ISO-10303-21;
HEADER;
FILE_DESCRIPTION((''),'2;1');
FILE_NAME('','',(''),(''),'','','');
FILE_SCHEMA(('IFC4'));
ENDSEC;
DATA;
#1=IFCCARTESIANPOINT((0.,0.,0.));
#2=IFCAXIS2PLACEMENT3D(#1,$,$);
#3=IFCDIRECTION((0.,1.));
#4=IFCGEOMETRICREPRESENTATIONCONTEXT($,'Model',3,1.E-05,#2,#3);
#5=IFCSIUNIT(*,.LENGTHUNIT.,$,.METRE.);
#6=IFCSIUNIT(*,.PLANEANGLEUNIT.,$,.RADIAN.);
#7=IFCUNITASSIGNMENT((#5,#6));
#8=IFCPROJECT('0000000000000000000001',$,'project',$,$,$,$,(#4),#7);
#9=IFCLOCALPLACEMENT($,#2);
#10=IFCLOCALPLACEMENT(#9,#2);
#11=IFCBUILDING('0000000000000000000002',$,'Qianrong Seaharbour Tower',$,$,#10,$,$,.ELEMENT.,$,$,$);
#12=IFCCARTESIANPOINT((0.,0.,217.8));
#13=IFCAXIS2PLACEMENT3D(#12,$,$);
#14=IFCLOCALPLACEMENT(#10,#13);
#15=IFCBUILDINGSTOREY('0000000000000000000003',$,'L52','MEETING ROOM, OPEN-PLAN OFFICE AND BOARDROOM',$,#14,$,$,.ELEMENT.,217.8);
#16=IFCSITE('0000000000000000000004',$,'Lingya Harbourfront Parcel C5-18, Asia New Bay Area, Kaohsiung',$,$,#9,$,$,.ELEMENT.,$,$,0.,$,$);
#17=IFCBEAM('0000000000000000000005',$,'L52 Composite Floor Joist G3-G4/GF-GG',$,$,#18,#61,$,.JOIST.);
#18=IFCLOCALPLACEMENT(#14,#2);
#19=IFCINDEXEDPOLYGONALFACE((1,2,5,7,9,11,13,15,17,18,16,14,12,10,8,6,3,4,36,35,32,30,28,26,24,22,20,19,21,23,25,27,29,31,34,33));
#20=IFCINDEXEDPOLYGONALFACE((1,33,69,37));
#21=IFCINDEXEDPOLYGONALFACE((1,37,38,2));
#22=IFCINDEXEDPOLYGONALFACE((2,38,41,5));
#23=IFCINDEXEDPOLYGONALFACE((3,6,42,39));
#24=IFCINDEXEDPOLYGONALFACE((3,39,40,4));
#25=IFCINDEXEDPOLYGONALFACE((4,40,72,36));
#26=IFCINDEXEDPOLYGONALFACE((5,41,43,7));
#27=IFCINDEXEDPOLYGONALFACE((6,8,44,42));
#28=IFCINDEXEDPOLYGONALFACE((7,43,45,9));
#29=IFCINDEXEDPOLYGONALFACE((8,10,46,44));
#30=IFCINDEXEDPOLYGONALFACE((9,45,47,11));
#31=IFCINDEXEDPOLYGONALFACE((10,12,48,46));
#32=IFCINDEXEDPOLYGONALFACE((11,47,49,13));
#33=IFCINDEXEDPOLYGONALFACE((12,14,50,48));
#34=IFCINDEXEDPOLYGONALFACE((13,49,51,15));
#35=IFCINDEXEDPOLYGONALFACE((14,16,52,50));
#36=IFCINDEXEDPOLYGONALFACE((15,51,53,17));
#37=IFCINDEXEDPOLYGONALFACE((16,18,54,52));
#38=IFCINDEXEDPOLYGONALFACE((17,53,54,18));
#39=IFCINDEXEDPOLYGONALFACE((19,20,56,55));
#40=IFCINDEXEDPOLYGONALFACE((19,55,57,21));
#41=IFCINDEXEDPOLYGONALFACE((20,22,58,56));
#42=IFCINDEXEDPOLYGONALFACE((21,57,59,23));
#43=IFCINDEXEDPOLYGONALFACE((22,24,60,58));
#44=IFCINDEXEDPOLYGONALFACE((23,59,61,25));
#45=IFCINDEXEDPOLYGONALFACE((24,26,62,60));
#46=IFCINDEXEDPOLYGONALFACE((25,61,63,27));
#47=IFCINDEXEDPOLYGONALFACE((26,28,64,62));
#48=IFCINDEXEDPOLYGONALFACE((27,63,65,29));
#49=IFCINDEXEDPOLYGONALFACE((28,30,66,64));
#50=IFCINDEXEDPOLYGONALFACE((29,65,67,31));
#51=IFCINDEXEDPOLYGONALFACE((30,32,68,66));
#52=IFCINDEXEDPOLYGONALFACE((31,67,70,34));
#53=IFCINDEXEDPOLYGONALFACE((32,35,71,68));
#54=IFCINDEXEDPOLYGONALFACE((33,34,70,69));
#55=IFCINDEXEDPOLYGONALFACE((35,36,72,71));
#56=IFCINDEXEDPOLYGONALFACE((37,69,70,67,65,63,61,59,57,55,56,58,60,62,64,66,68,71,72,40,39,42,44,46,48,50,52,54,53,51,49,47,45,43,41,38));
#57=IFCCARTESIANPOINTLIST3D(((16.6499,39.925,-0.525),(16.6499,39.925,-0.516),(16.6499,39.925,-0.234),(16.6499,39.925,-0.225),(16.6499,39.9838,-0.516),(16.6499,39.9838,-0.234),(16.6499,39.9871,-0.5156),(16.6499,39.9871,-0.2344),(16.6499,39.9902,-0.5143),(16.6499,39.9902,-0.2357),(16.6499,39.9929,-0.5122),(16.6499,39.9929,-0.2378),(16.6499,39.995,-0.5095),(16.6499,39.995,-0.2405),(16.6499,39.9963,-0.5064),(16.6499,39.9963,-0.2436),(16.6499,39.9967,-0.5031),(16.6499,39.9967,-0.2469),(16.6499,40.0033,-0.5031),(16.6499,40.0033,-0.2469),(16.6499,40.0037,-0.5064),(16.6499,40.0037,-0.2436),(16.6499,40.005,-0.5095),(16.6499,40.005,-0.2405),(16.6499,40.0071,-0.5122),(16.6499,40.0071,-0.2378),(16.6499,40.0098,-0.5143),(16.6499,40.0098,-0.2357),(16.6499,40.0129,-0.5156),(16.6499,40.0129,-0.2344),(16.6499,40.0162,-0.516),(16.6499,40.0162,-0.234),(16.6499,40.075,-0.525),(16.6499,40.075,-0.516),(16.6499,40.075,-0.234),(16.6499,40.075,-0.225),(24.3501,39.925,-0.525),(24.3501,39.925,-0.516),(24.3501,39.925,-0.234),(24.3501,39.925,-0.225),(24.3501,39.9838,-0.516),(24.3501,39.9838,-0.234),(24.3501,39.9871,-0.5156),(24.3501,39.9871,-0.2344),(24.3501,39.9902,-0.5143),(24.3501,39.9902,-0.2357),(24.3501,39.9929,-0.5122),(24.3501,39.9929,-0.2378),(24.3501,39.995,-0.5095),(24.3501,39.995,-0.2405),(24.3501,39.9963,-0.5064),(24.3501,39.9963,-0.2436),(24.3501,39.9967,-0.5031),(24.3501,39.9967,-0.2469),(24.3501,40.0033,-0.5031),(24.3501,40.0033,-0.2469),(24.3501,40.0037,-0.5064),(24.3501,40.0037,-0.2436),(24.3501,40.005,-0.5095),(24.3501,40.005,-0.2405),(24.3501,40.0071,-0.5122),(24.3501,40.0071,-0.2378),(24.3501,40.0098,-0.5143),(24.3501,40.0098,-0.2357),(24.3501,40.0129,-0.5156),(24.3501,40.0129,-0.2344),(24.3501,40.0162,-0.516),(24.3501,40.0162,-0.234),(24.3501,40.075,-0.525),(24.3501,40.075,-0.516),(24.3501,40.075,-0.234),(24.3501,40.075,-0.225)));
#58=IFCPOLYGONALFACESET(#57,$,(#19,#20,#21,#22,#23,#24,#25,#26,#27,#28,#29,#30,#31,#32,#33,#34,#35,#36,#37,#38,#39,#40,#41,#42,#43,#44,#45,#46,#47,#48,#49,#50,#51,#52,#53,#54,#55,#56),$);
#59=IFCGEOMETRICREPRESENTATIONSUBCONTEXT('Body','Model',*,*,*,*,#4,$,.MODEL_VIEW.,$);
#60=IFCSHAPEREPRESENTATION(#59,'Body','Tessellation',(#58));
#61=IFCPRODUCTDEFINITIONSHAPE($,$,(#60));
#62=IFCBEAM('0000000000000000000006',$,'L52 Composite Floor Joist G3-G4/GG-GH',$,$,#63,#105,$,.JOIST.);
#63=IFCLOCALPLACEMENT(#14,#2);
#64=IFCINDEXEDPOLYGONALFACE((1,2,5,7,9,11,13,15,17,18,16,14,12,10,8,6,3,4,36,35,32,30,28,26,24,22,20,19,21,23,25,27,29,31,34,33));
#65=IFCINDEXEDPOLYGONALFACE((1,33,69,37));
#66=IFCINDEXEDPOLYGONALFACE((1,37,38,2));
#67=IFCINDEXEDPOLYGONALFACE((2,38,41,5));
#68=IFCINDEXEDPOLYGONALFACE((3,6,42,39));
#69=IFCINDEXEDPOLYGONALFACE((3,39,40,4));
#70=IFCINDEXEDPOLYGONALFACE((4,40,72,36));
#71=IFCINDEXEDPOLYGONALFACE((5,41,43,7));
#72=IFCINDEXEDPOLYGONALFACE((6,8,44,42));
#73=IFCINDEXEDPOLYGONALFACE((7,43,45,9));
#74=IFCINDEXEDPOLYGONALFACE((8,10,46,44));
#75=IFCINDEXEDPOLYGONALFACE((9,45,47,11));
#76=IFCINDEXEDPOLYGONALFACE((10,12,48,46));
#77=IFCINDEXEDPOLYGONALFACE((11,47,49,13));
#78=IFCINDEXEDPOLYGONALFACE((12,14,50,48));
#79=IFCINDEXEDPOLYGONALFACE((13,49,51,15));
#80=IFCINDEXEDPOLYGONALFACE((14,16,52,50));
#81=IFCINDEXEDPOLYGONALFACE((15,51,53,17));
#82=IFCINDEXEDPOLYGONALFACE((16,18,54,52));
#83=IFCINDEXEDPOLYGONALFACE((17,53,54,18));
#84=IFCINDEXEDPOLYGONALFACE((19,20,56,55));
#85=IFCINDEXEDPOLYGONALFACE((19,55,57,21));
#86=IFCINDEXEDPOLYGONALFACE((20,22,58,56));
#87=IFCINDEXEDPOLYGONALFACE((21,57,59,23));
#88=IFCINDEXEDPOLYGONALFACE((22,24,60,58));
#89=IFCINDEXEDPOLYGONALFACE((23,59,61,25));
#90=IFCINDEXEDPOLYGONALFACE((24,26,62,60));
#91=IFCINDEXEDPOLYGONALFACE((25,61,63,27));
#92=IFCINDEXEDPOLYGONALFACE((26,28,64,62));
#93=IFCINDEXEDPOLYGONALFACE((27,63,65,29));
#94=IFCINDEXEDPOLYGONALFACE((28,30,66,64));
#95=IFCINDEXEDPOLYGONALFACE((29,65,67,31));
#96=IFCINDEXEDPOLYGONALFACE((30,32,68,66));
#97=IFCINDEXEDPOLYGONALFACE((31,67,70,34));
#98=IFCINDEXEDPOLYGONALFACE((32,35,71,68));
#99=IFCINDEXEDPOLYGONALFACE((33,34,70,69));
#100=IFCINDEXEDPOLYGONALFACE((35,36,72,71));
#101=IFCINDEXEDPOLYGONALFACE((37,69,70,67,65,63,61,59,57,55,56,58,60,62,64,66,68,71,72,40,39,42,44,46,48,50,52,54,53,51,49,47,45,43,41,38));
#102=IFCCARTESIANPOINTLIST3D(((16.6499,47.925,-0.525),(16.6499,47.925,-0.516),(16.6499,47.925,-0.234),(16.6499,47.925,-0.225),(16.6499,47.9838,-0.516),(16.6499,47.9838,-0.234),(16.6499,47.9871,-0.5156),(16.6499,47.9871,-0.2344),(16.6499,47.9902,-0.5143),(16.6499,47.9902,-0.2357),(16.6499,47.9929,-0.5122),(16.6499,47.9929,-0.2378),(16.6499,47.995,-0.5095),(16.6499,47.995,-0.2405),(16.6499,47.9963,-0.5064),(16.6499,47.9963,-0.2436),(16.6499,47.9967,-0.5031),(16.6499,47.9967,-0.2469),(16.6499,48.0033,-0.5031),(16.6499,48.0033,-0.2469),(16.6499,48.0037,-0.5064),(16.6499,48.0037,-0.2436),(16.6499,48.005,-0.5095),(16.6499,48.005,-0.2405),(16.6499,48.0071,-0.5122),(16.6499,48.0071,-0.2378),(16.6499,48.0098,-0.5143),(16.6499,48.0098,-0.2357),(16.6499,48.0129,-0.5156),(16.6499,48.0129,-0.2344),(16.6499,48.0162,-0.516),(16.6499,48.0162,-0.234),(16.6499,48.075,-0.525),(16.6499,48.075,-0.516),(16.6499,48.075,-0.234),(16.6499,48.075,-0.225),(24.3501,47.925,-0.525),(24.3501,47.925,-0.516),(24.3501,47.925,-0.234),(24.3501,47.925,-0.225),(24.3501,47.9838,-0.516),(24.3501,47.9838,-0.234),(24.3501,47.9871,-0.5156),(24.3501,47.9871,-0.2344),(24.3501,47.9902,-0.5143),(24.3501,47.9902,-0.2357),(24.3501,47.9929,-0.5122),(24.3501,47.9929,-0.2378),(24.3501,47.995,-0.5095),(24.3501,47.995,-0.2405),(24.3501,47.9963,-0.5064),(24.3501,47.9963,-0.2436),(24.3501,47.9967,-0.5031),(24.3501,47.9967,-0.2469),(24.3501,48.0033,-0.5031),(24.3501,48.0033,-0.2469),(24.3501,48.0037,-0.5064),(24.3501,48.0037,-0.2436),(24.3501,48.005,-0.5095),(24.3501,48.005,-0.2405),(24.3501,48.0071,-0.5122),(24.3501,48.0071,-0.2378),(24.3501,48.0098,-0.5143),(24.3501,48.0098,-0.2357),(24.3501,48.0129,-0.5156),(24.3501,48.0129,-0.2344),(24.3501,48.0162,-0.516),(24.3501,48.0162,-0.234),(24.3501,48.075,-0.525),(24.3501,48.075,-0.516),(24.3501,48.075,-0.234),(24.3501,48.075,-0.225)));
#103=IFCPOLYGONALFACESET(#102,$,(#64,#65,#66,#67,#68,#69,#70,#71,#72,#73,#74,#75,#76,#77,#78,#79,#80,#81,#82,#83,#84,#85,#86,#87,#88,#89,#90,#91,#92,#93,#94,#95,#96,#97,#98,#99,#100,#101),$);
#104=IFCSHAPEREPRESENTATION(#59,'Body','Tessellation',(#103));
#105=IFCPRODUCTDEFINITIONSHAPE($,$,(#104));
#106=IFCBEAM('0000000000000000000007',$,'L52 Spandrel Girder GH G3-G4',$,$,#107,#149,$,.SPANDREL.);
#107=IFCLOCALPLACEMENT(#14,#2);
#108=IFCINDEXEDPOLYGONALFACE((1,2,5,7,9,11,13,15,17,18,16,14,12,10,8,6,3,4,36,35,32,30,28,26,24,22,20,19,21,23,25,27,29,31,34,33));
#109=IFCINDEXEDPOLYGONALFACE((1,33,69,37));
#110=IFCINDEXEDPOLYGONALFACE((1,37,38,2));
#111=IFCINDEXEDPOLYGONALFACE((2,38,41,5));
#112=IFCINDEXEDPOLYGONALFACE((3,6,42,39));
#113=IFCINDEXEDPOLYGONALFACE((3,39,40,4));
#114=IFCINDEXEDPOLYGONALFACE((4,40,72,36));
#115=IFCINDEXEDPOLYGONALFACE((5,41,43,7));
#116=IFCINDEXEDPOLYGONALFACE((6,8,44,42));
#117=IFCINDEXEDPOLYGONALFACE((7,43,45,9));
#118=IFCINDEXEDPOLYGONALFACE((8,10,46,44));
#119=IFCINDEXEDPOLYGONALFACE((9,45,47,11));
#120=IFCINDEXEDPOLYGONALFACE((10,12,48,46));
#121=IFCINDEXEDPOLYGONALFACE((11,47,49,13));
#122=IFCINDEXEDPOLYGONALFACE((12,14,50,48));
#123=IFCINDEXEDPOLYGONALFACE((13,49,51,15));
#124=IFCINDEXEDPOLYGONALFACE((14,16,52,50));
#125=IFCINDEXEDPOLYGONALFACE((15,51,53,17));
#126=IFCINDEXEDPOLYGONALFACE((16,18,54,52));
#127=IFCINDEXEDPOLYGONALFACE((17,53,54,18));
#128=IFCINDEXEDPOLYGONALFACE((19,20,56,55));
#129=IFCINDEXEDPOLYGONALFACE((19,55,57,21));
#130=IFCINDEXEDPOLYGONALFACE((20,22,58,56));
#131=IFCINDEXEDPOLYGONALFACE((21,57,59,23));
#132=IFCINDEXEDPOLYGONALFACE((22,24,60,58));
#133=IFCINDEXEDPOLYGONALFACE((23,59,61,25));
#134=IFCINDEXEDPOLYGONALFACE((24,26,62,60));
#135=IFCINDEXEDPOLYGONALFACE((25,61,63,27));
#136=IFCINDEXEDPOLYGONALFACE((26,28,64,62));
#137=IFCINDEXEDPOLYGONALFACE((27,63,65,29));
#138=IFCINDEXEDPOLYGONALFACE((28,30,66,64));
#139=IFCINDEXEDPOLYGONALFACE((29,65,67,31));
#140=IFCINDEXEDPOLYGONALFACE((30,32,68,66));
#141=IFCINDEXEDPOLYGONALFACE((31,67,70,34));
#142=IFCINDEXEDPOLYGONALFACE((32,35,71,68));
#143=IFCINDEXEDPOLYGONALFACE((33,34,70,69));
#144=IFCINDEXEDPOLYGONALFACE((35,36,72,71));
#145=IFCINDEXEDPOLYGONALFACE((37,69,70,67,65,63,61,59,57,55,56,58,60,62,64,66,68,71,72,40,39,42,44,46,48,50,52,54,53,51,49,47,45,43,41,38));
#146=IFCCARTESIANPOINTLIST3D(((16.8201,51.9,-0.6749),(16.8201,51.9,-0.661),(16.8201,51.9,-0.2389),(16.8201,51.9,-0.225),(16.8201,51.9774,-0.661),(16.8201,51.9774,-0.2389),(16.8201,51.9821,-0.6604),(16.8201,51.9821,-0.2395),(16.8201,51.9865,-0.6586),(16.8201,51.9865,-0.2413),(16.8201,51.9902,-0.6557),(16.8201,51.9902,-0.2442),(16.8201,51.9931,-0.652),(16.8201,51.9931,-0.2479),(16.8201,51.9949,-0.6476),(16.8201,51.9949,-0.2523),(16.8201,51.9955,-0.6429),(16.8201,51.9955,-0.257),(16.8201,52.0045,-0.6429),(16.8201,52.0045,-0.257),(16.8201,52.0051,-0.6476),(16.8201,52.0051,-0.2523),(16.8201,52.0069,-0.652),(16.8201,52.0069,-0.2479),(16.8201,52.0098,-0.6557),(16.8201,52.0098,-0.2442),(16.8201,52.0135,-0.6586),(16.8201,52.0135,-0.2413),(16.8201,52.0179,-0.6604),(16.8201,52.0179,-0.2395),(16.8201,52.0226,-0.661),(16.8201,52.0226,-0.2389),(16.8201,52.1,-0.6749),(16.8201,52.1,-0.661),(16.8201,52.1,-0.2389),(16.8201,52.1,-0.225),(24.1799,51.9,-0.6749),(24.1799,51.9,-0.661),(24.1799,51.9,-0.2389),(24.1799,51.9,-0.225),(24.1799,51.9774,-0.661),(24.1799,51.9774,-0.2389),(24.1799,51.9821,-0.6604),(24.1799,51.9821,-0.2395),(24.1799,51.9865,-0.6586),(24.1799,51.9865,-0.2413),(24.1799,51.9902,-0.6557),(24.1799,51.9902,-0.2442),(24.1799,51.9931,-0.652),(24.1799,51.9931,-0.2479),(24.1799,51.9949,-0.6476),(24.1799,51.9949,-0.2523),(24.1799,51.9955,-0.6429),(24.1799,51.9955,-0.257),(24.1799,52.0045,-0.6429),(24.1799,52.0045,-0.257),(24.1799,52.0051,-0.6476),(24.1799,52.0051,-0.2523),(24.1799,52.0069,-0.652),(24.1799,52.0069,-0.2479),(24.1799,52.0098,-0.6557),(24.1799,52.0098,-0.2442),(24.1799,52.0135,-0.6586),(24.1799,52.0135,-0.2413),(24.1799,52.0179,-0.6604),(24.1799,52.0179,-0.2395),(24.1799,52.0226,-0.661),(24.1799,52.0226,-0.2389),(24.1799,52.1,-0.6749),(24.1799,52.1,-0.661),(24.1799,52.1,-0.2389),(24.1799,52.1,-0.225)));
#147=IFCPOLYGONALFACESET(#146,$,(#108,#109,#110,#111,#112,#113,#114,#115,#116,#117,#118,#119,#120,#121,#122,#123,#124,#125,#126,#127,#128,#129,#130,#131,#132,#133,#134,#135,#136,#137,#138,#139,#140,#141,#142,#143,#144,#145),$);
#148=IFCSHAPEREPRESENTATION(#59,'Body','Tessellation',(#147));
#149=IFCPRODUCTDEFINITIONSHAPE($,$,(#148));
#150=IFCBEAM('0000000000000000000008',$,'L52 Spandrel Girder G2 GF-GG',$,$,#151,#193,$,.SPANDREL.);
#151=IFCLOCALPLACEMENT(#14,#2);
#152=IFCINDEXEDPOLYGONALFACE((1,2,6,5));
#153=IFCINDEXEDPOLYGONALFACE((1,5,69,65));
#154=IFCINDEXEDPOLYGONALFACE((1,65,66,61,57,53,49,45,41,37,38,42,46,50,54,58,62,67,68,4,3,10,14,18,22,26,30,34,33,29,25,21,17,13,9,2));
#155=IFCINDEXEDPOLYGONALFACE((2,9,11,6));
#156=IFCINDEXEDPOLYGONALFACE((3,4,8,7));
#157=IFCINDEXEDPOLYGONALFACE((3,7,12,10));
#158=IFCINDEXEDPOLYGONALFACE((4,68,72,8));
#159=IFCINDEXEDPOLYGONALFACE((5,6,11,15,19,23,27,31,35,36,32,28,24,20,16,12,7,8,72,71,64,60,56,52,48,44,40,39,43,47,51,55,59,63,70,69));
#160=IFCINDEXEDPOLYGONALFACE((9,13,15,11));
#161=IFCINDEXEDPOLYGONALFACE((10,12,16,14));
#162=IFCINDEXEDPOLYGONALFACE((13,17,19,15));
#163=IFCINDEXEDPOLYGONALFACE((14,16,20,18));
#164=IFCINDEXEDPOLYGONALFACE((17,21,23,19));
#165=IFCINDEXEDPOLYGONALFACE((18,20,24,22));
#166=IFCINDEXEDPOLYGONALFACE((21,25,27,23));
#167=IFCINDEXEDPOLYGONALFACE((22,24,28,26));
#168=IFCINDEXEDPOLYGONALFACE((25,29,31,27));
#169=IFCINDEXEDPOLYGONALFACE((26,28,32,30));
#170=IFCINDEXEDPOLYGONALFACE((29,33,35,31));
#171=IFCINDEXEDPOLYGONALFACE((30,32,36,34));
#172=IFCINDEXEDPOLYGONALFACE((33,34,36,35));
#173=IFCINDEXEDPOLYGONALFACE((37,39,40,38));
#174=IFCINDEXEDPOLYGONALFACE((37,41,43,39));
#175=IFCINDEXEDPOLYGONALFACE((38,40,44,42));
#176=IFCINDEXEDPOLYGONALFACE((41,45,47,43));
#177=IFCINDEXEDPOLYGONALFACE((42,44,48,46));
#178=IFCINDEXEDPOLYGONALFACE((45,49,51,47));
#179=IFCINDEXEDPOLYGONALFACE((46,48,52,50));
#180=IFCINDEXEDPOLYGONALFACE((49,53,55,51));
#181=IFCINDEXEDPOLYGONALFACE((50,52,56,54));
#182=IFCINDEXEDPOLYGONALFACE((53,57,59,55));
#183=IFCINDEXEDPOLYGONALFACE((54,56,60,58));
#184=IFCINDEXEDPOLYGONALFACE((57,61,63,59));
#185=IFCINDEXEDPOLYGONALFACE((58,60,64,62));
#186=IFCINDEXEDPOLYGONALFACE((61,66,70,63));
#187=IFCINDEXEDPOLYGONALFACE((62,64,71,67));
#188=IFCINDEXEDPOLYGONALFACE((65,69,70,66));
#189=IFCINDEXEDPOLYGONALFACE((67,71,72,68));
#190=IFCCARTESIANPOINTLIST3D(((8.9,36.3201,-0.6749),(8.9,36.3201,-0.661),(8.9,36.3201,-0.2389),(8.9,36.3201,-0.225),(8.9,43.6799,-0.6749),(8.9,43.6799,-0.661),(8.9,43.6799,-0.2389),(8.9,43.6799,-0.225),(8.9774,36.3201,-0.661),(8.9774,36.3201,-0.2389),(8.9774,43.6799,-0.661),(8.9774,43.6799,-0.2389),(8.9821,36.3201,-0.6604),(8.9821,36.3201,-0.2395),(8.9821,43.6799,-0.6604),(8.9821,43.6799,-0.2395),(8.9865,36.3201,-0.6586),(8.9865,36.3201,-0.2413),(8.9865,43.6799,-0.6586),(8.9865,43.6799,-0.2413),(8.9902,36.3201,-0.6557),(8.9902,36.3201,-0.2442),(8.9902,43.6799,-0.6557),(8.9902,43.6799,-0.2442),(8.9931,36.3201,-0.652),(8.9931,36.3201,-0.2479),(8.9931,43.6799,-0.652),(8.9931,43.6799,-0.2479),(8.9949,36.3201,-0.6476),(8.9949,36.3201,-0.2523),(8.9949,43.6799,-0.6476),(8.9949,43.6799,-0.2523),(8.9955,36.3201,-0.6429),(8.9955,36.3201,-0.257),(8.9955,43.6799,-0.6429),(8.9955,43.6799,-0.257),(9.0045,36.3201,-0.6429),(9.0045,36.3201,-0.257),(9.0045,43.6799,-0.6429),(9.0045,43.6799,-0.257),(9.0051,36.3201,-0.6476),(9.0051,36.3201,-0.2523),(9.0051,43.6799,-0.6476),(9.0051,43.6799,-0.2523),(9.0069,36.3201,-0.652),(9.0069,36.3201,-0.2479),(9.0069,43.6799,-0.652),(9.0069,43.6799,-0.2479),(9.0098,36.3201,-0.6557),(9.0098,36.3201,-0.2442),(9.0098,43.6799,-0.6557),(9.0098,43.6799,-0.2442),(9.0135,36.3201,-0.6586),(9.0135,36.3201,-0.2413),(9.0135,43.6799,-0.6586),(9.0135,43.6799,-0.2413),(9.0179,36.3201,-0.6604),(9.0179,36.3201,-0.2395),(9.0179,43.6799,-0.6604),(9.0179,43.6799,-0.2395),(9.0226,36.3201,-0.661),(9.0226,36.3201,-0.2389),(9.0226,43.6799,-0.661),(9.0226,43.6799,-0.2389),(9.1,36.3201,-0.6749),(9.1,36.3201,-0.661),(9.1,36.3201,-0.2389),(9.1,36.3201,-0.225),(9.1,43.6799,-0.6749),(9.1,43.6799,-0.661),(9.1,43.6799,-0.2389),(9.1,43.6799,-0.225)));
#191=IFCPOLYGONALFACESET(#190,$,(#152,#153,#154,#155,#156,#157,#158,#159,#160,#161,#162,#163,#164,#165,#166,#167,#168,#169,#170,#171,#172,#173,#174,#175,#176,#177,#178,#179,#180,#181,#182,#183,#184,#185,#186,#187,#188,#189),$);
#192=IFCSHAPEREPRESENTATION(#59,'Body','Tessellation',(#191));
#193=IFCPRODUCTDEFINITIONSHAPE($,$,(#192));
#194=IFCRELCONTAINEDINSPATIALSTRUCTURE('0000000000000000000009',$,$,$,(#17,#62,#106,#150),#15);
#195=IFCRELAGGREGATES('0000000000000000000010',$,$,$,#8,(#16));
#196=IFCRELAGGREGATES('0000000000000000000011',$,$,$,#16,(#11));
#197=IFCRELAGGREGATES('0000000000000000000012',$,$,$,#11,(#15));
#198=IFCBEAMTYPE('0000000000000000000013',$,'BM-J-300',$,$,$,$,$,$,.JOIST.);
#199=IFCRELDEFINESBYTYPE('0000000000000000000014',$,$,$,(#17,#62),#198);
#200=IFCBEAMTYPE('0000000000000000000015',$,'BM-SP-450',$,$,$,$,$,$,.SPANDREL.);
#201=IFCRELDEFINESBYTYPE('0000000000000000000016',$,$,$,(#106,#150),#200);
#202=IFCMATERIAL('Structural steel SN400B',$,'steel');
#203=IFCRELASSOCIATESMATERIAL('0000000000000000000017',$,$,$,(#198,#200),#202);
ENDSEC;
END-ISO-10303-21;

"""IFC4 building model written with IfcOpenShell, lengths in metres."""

from ifc_helpers import new_model, si_unit, direction, frame, origin, origin_2d, place, context, subcontext, project, spatial, i_section, extrude, material, material_profile, profile_set, type_object, element, save


model = new_model("IFC4")

# Units and contexts
model_context = context("Model", 3, precision=1e-05, world=origin(), true_north=direction((0.0, 1.0)))
body_context = subcontext(model_context, "Body", "Model", "MODEL_VIEW")
ifc_project = project(units=[si_unit("LENGTHUNIT", "METRE"), si_unit("PLANEANGLEUNIT", "RADIAN")], contexts=[model_context])

# Site, building, storey
site_placement = place(None, origin())
site = spatial("IfcSite", under=ifc_project, at=site_placement, Name="Lingya Harbourfront Parcel C5-18, Asia New Bay Area, Kaohsiung", CompositionType="ELEMENT", RefElevation=0.0)
building_placement = place(site_placement, origin())
building = spatial("IfcBuilding", under=site, at=building_placement, Name="Qianrong Seaharbour Tower", CompositionType="ELEMENT")
storey_placement = place(building_placement, frame((0.0, 0.0, 217.8)))
storey = spatial("IfcBuildingStorey", under=building, at=storey_placement, Name="L52", Description="MEETING ROOM, OPEN-PLAN OFFICE AND BOARDROOM", CompositionType="ELEMENT", Elevation=217.8)

# Beams
ifc_material_1 = material(Name="Structural steel SN400B", Category="steel")
ifc_material_profile_1 = material_profile(ifc_material_1, i_section(OverallWidth=0.1499, OverallDepth=0.3, WebThickness=0.0066, FlangeThickness=0.009, FilletRadius=0.0129, at=origin_2d()), Name="H300x150x6.5x9")
ifc_profile_set_1 = profile_set([ifc_material_profile_1], Name="Structural steel SN400B")
beam_type_1 = type_object("IfcBeamType", Name="BM-J-300", PredefinedType="JOIST", material=ifc_profile_set_1)
for number, where, z_axis, x_axis, name in (
    (1, (16.6499, 40.0, -0.375), (1.0, 0.0, 0.0), (0.0, 1.0, 0.0), "L52 Composite Floor Joist G3-G4/GF-GG"),
    (2, (16.6499, 48.0, -0.375), (1.0, 0.0, 0.0), (0.0, 1.0, 0.0), "L52 Composite Floor Joist G3-G4/GG-GH"),
):
    element("IfcBeam", number, at=place(storey_placement, frame(where, z_axis=z_axis, x_axis=x_axis)), inside=storey, type_object=beam_type_1, Name=name, PredefinedType="JOIST", context=body_context, shape_type="SweptSolid", body=[
        extrude(i_section(OverallWidth=0.1499, OverallDepth=0.3, WebThickness=0.0066, FlangeThickness=0.009, FilletRadius=0.0129, at=origin_2d()), origin(), (0.0, 0.0, 1.0), 7.7002),
    ])
ifc_material_profile_2 = material_profile(ifc_material_1, i_section(OverallWidth=0.2, OverallDepth=0.45, WebThickness=0.009, FlangeThickness=0.0139, FilletRadius=0.0181, at=origin_2d()), Name="H450x200x9x14")
ifc_profile_set_2 = profile_set([ifc_material_profile_2], Name="Structural steel SN400B")
beam_type_2 = type_object("IfcBeamType", Name="BM-SP-450", PredefinedType="SPANDREL", material=ifc_profile_set_2)
for number, where, z_axis, x_axis, name in (
    (3, (16.8201, 52.0, -0.45), (1.0, 0.0, 0.0), (0.0, 1.0, 0.0), "L52 Spandrel Girder GH G3-G4"),
    (4, (9.0, 36.3201, -0.45), (0.0, 1.0, 0.0), (-1.0, 0.0, 0.0), "L52 Spandrel Girder G2 GF-GG"),
):
    element("IfcBeam", number, at=place(storey_placement, frame(where, z_axis=z_axis, x_axis=x_axis)), inside=storey, type_object=beam_type_2, Name=name, PredefinedType="SPANDREL", context=body_context, shape_type="SweptSolid", body=[
        extrude(i_section(OverallWidth=0.2, OverallDepth=0.45, WebThickness=0.009, FlangeThickness=0.0139, FilletRadius=0.0181, at=origin_2d()), origin(), (0.0, 0.0, 1.0), 7.3599),
    ])

save(model, "model.ifc")
